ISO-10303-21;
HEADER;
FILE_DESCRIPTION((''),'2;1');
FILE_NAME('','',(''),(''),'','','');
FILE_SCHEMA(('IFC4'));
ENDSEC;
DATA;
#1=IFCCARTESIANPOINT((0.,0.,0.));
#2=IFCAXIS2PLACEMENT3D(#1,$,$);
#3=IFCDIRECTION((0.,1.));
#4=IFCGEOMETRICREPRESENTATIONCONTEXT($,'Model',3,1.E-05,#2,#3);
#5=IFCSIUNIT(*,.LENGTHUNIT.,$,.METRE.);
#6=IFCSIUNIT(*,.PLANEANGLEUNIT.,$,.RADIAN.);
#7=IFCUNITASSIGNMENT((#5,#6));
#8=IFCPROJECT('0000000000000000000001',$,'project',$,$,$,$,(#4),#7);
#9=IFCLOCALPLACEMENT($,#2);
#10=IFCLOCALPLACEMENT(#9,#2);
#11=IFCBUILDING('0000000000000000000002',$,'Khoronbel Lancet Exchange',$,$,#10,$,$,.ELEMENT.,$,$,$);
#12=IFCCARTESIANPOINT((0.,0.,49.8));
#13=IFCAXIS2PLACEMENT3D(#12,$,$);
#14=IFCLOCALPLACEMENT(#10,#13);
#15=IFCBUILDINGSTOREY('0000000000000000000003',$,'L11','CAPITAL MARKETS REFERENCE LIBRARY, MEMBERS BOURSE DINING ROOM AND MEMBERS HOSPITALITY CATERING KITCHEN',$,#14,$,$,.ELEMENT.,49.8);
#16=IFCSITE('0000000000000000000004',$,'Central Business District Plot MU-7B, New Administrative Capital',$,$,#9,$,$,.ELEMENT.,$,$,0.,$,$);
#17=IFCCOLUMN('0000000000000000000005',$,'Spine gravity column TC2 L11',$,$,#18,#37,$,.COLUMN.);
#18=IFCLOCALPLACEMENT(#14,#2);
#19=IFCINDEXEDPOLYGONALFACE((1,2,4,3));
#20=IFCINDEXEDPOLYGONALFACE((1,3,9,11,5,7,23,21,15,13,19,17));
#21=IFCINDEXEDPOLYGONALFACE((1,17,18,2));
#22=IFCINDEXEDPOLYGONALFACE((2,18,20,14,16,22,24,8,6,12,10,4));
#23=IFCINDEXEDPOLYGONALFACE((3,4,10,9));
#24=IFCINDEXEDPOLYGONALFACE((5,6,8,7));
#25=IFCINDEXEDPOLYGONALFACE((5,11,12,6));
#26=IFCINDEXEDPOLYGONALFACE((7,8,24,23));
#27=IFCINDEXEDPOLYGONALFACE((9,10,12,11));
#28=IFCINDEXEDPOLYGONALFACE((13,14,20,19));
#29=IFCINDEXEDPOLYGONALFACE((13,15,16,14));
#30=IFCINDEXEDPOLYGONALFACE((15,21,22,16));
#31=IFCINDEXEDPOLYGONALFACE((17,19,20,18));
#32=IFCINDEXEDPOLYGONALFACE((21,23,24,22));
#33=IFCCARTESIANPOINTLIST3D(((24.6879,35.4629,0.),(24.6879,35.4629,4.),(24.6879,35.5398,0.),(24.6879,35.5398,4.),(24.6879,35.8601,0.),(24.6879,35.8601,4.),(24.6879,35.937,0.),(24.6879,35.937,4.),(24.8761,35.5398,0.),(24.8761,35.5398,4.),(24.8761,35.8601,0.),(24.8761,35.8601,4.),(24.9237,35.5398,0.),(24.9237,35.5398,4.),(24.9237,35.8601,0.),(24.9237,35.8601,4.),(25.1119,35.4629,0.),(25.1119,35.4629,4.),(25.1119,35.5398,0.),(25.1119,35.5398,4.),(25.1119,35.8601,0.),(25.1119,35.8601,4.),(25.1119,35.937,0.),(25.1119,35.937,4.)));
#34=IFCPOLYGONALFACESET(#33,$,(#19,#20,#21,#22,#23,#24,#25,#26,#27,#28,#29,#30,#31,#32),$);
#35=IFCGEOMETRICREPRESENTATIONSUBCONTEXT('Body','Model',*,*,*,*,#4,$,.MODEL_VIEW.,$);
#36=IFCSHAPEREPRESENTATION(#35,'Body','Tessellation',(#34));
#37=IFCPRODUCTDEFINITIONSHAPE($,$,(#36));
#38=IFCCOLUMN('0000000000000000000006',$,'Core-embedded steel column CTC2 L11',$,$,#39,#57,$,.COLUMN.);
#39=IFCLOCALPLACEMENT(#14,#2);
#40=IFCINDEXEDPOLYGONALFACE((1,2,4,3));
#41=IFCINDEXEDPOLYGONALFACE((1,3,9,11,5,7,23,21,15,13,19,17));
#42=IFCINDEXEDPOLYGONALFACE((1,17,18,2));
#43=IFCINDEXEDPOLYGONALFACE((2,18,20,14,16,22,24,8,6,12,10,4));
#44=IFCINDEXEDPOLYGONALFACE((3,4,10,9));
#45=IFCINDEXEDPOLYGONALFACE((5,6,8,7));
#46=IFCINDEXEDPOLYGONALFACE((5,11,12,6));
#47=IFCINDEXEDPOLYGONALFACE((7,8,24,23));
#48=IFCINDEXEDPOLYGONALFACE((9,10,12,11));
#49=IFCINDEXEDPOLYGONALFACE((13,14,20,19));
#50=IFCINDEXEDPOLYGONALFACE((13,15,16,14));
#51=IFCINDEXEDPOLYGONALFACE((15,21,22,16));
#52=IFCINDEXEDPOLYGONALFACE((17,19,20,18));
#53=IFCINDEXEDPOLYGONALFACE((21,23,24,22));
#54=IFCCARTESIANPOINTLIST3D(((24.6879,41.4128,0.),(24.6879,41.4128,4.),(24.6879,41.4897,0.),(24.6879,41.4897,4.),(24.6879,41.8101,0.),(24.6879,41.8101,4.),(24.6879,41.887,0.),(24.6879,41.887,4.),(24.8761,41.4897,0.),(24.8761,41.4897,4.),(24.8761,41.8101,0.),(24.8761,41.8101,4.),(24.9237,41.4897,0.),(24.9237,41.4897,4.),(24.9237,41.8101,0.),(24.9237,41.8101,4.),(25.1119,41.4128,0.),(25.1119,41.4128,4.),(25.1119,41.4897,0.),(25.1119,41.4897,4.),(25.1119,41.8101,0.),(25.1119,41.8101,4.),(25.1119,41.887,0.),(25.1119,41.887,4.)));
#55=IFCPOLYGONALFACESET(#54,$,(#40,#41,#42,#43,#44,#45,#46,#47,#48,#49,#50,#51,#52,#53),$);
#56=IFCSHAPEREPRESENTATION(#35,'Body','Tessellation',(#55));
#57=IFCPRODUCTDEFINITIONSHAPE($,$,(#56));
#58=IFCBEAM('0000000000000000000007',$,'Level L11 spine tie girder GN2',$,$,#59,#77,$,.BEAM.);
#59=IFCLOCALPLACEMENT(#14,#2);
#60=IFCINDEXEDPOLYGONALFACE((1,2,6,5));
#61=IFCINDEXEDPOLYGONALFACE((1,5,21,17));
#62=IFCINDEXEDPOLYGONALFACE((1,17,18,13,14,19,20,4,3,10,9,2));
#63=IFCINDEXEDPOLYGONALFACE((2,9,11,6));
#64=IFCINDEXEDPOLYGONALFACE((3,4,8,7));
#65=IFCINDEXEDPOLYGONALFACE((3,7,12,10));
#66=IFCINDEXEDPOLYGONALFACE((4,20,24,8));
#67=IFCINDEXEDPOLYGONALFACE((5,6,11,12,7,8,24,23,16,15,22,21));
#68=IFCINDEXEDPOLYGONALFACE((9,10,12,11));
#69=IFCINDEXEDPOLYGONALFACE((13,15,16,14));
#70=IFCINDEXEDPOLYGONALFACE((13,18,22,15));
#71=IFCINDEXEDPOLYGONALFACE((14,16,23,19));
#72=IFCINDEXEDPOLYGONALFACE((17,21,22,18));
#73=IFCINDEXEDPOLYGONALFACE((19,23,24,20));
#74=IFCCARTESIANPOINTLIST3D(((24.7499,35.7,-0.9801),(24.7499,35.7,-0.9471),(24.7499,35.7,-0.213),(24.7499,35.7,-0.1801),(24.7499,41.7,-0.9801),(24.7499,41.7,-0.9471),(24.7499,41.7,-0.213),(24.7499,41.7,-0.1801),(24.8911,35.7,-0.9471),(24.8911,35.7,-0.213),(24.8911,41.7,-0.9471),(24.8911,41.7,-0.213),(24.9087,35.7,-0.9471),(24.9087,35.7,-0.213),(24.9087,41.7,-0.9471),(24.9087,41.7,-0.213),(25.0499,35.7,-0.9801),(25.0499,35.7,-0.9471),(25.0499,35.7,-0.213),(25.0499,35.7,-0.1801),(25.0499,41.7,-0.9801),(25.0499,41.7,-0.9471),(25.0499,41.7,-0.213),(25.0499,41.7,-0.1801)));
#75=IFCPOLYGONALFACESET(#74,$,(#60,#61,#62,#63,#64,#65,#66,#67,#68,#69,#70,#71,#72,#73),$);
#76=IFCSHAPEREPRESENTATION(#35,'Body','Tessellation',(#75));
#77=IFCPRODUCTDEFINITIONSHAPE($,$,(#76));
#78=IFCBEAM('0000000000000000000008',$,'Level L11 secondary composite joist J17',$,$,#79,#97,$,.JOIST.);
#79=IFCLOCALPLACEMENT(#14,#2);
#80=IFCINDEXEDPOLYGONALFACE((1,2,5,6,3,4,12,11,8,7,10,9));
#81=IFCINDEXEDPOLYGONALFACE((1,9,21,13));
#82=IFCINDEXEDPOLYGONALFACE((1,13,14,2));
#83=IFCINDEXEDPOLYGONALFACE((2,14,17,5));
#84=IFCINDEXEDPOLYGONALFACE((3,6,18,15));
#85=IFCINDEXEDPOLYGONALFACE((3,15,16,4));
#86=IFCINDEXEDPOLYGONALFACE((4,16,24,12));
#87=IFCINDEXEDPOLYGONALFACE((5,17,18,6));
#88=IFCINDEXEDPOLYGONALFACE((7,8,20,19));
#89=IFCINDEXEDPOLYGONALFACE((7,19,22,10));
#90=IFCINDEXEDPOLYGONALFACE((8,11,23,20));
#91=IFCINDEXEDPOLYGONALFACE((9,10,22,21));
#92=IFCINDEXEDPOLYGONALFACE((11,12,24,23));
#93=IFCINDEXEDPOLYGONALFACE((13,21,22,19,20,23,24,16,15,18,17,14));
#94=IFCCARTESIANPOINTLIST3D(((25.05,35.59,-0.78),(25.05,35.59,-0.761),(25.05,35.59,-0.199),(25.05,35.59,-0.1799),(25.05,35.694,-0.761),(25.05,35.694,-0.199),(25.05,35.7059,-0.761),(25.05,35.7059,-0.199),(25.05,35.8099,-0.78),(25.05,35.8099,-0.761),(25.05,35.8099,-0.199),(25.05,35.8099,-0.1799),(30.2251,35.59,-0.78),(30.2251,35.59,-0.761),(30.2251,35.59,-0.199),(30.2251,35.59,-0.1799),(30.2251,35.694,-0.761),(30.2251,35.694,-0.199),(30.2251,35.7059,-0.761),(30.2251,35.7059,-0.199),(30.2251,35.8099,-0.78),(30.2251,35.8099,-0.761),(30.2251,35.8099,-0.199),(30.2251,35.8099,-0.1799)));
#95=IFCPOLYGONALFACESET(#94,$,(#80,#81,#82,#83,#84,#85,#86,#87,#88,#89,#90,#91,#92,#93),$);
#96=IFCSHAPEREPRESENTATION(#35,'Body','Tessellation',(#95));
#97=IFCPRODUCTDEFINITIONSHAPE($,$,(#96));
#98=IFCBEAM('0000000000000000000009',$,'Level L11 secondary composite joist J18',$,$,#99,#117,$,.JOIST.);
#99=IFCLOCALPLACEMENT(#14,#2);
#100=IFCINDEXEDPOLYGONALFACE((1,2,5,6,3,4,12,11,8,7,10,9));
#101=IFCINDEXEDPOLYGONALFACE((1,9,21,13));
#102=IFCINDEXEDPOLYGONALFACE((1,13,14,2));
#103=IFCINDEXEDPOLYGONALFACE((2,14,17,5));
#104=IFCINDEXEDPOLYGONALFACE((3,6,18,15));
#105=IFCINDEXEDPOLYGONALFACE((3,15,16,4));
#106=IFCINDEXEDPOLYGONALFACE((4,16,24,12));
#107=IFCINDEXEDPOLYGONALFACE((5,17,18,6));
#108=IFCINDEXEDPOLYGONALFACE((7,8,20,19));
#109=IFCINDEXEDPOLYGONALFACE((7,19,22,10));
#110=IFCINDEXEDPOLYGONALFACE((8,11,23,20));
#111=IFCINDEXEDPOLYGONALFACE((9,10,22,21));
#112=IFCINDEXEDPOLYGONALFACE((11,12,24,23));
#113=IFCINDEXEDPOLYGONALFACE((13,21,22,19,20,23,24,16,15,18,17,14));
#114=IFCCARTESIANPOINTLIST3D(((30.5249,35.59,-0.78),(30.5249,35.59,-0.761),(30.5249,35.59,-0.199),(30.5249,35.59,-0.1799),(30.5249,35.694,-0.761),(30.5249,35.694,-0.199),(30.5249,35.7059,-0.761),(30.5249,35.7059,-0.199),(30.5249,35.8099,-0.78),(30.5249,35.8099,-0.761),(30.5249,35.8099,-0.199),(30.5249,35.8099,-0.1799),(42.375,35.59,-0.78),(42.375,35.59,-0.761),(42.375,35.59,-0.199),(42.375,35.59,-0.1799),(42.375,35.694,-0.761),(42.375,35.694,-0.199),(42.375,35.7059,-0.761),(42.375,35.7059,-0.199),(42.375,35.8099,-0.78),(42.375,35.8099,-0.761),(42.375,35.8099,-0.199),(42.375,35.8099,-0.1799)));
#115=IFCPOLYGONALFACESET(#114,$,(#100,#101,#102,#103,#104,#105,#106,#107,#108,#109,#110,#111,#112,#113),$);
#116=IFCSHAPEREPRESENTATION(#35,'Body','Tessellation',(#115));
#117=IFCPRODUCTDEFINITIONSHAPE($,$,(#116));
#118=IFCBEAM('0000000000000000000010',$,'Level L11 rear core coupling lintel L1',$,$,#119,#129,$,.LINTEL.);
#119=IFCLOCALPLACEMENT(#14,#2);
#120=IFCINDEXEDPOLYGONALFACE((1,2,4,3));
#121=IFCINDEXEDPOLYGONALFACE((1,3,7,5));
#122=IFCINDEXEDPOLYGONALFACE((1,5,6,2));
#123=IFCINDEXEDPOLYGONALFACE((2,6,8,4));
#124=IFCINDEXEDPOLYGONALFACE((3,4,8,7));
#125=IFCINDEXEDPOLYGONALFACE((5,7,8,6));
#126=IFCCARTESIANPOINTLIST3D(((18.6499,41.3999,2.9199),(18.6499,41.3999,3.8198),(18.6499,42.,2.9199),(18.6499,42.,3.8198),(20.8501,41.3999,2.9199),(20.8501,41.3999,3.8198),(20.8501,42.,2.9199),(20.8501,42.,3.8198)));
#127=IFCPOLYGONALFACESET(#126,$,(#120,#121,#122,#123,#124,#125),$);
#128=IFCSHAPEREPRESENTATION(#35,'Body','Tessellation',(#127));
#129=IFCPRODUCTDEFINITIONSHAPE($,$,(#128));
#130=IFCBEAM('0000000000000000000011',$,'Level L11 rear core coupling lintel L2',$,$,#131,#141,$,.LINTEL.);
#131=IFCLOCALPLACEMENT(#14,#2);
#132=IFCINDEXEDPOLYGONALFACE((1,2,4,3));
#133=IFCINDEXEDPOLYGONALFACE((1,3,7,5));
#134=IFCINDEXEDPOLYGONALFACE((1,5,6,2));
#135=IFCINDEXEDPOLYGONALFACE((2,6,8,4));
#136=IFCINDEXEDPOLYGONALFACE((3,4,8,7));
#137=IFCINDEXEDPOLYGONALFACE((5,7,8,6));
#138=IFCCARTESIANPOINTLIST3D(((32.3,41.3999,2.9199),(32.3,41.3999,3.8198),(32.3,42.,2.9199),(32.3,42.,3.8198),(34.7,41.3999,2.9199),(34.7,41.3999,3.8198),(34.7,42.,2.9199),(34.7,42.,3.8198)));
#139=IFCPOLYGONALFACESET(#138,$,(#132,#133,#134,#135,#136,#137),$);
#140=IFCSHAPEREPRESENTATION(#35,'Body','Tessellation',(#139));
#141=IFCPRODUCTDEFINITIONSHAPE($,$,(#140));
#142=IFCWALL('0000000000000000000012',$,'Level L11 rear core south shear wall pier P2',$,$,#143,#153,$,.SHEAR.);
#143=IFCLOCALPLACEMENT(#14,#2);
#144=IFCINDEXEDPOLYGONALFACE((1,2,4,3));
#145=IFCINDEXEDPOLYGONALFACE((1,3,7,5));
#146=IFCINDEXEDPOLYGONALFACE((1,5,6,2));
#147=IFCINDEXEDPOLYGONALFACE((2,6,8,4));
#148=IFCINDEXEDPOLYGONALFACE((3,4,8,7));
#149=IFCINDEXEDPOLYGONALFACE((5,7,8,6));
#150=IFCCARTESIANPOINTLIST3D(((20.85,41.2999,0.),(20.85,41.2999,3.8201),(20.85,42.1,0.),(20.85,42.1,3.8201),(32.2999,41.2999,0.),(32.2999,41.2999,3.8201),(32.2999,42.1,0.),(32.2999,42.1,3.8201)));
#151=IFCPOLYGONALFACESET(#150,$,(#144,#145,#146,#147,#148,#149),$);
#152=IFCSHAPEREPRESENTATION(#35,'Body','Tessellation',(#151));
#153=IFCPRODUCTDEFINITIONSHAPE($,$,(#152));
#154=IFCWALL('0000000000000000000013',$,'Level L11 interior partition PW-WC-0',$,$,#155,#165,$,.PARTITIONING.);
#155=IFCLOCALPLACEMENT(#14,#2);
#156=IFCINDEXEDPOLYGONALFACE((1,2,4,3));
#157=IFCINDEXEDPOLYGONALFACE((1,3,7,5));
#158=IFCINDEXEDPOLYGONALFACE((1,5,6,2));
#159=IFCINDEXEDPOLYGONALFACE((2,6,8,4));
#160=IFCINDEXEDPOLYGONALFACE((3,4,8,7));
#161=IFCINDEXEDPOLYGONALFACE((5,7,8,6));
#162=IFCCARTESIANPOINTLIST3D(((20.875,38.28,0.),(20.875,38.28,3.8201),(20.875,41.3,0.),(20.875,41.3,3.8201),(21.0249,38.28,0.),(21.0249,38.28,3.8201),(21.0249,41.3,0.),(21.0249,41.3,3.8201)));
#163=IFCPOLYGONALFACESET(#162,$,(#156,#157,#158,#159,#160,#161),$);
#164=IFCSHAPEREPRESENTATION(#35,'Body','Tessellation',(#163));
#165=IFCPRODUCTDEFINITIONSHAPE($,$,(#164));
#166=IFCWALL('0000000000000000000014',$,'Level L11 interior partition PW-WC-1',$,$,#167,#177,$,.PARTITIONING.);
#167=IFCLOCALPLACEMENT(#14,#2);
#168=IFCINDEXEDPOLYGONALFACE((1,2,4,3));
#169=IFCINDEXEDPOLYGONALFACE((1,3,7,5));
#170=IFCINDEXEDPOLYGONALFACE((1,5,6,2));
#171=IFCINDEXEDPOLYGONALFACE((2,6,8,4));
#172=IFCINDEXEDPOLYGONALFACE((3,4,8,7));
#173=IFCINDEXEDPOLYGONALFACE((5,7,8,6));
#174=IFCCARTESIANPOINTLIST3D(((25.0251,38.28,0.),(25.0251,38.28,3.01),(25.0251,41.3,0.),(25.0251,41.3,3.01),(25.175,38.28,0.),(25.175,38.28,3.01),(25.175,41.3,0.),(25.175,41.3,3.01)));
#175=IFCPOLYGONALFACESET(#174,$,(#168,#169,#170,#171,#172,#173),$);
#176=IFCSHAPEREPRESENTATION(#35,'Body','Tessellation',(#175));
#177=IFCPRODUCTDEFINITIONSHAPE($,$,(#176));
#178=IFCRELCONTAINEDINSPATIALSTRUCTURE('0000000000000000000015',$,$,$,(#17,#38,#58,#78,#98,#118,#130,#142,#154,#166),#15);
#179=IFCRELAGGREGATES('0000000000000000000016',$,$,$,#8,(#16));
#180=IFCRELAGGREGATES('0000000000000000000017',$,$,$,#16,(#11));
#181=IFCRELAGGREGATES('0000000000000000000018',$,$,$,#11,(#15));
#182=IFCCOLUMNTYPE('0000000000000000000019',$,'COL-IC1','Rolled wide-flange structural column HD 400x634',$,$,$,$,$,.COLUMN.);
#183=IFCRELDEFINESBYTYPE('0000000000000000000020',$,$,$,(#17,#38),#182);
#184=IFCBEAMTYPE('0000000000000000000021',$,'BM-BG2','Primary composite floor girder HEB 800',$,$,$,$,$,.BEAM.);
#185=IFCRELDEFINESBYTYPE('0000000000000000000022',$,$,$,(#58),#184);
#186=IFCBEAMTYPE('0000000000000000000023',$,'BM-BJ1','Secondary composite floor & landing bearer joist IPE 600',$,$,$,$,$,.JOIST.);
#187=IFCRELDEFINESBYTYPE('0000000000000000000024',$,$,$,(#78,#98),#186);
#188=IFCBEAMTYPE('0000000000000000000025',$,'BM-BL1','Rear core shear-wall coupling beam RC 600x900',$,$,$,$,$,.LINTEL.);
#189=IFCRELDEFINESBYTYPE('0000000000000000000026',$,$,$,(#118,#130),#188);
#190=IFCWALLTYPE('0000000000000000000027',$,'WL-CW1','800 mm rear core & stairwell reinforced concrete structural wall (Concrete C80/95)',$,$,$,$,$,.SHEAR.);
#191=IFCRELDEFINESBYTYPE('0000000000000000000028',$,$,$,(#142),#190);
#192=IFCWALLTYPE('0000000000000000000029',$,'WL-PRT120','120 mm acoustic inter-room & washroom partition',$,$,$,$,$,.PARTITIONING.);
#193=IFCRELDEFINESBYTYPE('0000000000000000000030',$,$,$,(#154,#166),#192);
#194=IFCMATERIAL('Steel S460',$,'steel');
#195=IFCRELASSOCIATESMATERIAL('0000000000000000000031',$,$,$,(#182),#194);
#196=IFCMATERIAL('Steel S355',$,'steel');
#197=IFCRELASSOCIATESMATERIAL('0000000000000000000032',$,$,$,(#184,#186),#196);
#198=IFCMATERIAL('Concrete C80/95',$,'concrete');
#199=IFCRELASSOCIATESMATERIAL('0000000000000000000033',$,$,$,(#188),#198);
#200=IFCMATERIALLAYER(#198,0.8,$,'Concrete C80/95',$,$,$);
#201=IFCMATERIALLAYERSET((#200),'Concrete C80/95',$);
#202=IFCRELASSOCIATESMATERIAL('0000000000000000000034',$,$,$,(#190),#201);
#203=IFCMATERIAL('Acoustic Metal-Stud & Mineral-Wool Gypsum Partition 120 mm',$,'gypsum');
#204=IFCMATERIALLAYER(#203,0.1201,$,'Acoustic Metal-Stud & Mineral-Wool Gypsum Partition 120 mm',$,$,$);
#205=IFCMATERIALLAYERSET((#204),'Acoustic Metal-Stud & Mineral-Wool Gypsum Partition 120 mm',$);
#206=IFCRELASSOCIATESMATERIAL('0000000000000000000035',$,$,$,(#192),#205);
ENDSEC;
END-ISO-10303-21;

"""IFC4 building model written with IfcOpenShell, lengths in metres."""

from ifc_helpers import new_model, si_unit, direction, frame, frame_2d, origin, origin_2d, place, context, subcontext, project, spatial, rectangle, i_section, extrude, material, layer, layer_set, material_profile, profile_set, type_object, element, save


model = new_model("IFC4")

# Units and contexts
model_context = context("Model", 3, precision=1e-05, world=origin(), true_north=direction((0.0, 1.0)))
body_context = subcontext(model_context, "Body", "Model", "MODEL_VIEW")
ifc_project = project(units=[si_unit("LENGTHUNIT", "METRE"), si_unit("PLANEANGLEUNIT", "RADIAN")], contexts=[model_context])

# Site, building, storey
site_placement = place(None, origin())
site = spatial("IfcSite", under=ifc_project, at=site_placement, Name="Central Business District Plot MU-7B, New Administrative Capital", CompositionType="ELEMENT", RefElevation=0.0)
building_placement = place(site_placement, origin())
building = spatial("IfcBuilding", under=site, at=building_placement, Name="Khoronbel Lancet Exchange", CompositionType="ELEMENT")
storey_placement = place(building_placement, frame((0.0, 0.0, 49.8)))
storey = spatial("IfcBuildingStorey", under=building, at=storey_placement, Name="L11", Description="CAPITAL MARKETS REFERENCE LIBRARY, MEMBERS BOURSE DINING ROOM AND MEMBERS HOSPITALITY CATERING KITCHEN", CompositionType="ELEMENT", Elevation=49.8)

# Columns
ifc_material_1 = material(Name="Steel S460", Category="steel")
ifc_material_profile_1 = material_profile(ifc_material_1, i_section(OverallWidth=0.4241, OverallDepth=0.4741, WebThickness=0.0476, FlangeThickness=0.0769, at=origin_2d()), Name="HD 400x634")
ifc_profile_set_1 = profile_set([ifc_material_profile_1], Name="Steel S460")
column_type = type_object("IfcColumnType", Name="COL-IC1", Description="Rolled wide-flange structural column HD 400x634", PredefinedType="COLUMN", material=ifc_profile_set_1)
for number, where, z_axis, x_axis, name in (
    (1, (24.8999, 35.7, 0.0), (0.0, 0.0, 1.0), (1.0, 0.0, 0.0), "Spine gravity column TC2 L11"),
    (2, (24.8999, 41.6499, 0.0), (0.0, 0.0, 1.0), (1.0, 0.0, 0.0), "Core-embedded steel column CTC2 L11"),
):
    element("IfcColumn", number, at=place(storey_placement, frame(where, z_axis=z_axis, x_axis=x_axis)), inside=storey, type_object=column_type, Name=name, PredefinedType="COLUMN", context=body_context, shape_type="SweptSolid", body=[
        extrude(i_section(OverallWidth=0.4241, OverallDepth=0.4741, WebThickness=0.0476, FlangeThickness=0.0769, at=origin_2d()), origin(), (0.0, 0.0, 1.0), 4.0),
    ])

# Beams
ifc_material_2 = material(Name="Steel S355", Category="steel")
ifc_material_profile_2 = material_profile(ifc_material_2, i_section(OverallWidth=0.3, OverallDepth=0.8, WebThickness=0.0176, FlangeThickness=0.033, at=origin_2d()), Name="HEB 800")
ifc_profile_set_2 = profile_set([ifc_material_profile_2], Name="Steel S355")
beam_type_1 = type_object("IfcBeamType", Name="BM-BG2", Description="Primary composite floor girder HEB 800", PredefinedType="BEAM", material=ifc_profile_set_2)
beam_1_placement = place(storey_placement, frame((24.8999, 35.7, -0.5801), z_axis=(0.0, 1.0, 0.0), x_axis=(-1.0, 0.0, 0.0)))
element("IfcBeam", 3, at=beam_1_placement, inside=storey, type_object=beam_type_1, Name="Level L11 spine tie girder GN2", PredefinedType="BEAM", context=body_context, shape_type="SweptSolid", body=[
    extrude(i_section(OverallWidth=0.3, OverallDepth=0.8, WebThickness=0.0176, FlangeThickness=0.033, at=origin_2d()), origin(), (0.0, 0.0, 1.0), 6.0),
])
ifc_material_profile_3 = material_profile(ifc_material_2, i_section(OverallWidth=0.22, OverallDepth=0.6001, WebThickness=0.012, FlangeThickness=0.019, at=origin_2d()), Name="IPE 600")
ifc_profile_set_3 = profile_set([ifc_material_profile_3], Name="Steel S355")
beam_type_2 = type_object("IfcBeamType", Name="BM-BJ1", Description="Secondary composite floor & landing bearer joist IPE 600", PredefinedType="JOIST", material=ifc_profile_set_3)
beam_2_placement = place(storey_placement, frame((25.05, 35.7, -0.48), z_axis=(1.0, 0.0, 0.0), x_axis=(0.0, 1.0, 0.0)))
element("IfcBeam", 4, at=beam_2_placement, inside=storey, type_object=beam_type_2, Name="Level L11 secondary composite joist J17", PredefinedType="JOIST", context=body_context, shape_type="SweptSolid", body=[
    extrude(i_section(OverallWidth=0.22, OverallDepth=0.6001, WebThickness=0.012, FlangeThickness=0.019, at=origin_2d()), origin(), (0.0, 0.0, 1.0), 5.175),
])
beam_3_placement = place(storey_placement, frame((30.5249, 35.7, -0.48), z_axis=(1.0, 0.0, 0.0), x_axis=(0.0, 1.0, 0.0)))
element("IfcBeam", 5, at=beam_3_placement, inside=storey, type_object=beam_type_2, Name="Level L11 secondary composite joist J18", PredefinedType="JOIST", context=body_context, shape_type="SweptSolid", body=[
    extrude(i_section(OverallWidth=0.22, OverallDepth=0.6001, WebThickness=0.012, FlangeThickness=0.019, at=origin_2d()), origin(), (0.0, 0.0, 1.0), 11.8501),
])
ifc_material_3 = material(Name="Concrete C80/95", Category="concrete")
ifc_material_profile_4 = material_profile(ifc_material_3, rectangle(XDim=0.6001, YDim=0.8999, at=origin_2d()), Name="RC 600x900")
ifc_profile_set_4 = profile_set([ifc_material_profile_4], Name="Concrete C80/95")
beam_type_3 = type_object("IfcBeamType", Name="BM-BL1", Description="Rear core shear-wall coupling beam RC 600x900", PredefinedType="LINTEL", material=ifc_profile_set_4)
beam_4_placement = place(storey_placement, frame((18.6499, 41.7, 3.3699), z_axis=(1.0, 0.0, 0.0), x_axis=(0.0, 1.0, 0.0)))
element("IfcBeam", 6, at=beam_4_placement, inside=storey, type_object=beam_type_3, Name="Level L11 rear core coupling lintel L1", PredefinedType="LINTEL", context=body_context, shape_type="SweptSolid", body=[
    extrude(rectangle(XDim=0.6001, YDim=0.8999, at=origin_2d()), origin(), (0.0, 0.0, 1.0), 2.2002),
])
beam_5_placement = place(storey_placement, frame((32.3, 41.7, 3.3699), z_axis=(1.0, 0.0, 0.0), x_axis=(0.0, 1.0, 0.0)))
element("IfcBeam", 7, at=beam_5_placement, inside=storey, type_object=beam_type_3, Name="Level L11 rear core coupling lintel L2", PredefinedType="LINTEL", context=body_context, shape_type="SweptSolid", body=[
    extrude(rectangle(XDim=0.6001, YDim=0.8999, at=origin_2d()), origin(), (0.0, 0.0, 1.0), 2.3999),
])

# Walls
ifc_layer_1 = layer(ifc_material_3, 0.8, Name="Concrete C80/95")
ifc_layer_set_1 = layer_set([ifc_layer_1], Name="Concrete C80/95")
wall_type_1 = type_object("IfcWallType", Name="WL-CW1", Description="800 mm rear core & stairwell reinforced concrete structural wall (Concrete C80/95)", PredefinedType="SHEAR", material=ifc_layer_set_1)
wall_1_placement = place(storey_placement, frame((32.3, 41.7, 0.0), z_axis=(0.0, 0.0, 1.0), x_axis=(-1.0, 0.0, 0.0)))
element("IfcWall", 8, at=wall_1_placement, inside=storey, type_object=wall_type_1, Name="Level L11 rear core south shear wall pier P2", PredefinedType="SHEAR", context=body_context, shape_type="SweptSolid", body=[
    extrude(rectangle(XDim=11.45, YDim=0.8, at=frame_2d((5.7251, 0.0))), origin(), (0.0, 0.0, 1.0), 3.8201),
])
ifc_material_4 = material(Name="Acoustic Metal-Stud & Mineral-Wool Gypsum Partition 120 mm", Category="gypsum")
ifc_layer_2 = layer(ifc_material_4, 0.1201, Name="Acoustic Metal-Stud & Mineral-Wool Gypsum Partition 120 mm")
ifc_layer_set_2 = layer_set([ifc_layer_2], Name="Acoustic Metal-Stud & Mineral-Wool Gypsum Partition 120 mm")
wall_type_2 = type_object("IfcWallType", Name="WL-PRT120", Description="120 mm acoustic inter-room & washroom partition", PredefinedType="PARTITIONING", material=ifc_layer_set_2)
wall_2_placement = place(storey_placement, frame((20.95, 38.28, 0.0), z_axis=(0.0, 0.0, 1.0), x_axis=(0.0, 1.0, 0.0)))
element("IfcWall", 9, at=wall_2_placement, inside=storey, type_object=wall_type_2, Name="Level L11 interior partition PW-WC-0", PredefinedType="PARTITIONING", context=body_context, shape_type="SweptSolid", body=[
    extrude(rectangle(XDim=3.02, YDim=0.1499, at=frame_2d((1.51, 0.0))), origin(), (0.0, 0.0, 1.0), 3.8201),
])
wall_3_placement = place(storey_placement, frame((25.1001, 38.28, 0.0), z_axis=(0.0, 0.0, 1.0), x_axis=(0.0, 1.0, 0.0)))
element("IfcWall", 10, at=wall_3_placement, inside=storey, type_object=wall_type_2, Name="Level L11 interior partition PW-WC-1", PredefinedType="PARTITIONING", context=body_context, shape_type="SweptSolid", body=[
    extrude(rectangle(XDim=3.02, YDim=0.1499, at=frame_2d((1.51, 0.0))), origin(), (0.0, 0.0, 1.0), 3.01),
])

save(model, "model.ifc")
